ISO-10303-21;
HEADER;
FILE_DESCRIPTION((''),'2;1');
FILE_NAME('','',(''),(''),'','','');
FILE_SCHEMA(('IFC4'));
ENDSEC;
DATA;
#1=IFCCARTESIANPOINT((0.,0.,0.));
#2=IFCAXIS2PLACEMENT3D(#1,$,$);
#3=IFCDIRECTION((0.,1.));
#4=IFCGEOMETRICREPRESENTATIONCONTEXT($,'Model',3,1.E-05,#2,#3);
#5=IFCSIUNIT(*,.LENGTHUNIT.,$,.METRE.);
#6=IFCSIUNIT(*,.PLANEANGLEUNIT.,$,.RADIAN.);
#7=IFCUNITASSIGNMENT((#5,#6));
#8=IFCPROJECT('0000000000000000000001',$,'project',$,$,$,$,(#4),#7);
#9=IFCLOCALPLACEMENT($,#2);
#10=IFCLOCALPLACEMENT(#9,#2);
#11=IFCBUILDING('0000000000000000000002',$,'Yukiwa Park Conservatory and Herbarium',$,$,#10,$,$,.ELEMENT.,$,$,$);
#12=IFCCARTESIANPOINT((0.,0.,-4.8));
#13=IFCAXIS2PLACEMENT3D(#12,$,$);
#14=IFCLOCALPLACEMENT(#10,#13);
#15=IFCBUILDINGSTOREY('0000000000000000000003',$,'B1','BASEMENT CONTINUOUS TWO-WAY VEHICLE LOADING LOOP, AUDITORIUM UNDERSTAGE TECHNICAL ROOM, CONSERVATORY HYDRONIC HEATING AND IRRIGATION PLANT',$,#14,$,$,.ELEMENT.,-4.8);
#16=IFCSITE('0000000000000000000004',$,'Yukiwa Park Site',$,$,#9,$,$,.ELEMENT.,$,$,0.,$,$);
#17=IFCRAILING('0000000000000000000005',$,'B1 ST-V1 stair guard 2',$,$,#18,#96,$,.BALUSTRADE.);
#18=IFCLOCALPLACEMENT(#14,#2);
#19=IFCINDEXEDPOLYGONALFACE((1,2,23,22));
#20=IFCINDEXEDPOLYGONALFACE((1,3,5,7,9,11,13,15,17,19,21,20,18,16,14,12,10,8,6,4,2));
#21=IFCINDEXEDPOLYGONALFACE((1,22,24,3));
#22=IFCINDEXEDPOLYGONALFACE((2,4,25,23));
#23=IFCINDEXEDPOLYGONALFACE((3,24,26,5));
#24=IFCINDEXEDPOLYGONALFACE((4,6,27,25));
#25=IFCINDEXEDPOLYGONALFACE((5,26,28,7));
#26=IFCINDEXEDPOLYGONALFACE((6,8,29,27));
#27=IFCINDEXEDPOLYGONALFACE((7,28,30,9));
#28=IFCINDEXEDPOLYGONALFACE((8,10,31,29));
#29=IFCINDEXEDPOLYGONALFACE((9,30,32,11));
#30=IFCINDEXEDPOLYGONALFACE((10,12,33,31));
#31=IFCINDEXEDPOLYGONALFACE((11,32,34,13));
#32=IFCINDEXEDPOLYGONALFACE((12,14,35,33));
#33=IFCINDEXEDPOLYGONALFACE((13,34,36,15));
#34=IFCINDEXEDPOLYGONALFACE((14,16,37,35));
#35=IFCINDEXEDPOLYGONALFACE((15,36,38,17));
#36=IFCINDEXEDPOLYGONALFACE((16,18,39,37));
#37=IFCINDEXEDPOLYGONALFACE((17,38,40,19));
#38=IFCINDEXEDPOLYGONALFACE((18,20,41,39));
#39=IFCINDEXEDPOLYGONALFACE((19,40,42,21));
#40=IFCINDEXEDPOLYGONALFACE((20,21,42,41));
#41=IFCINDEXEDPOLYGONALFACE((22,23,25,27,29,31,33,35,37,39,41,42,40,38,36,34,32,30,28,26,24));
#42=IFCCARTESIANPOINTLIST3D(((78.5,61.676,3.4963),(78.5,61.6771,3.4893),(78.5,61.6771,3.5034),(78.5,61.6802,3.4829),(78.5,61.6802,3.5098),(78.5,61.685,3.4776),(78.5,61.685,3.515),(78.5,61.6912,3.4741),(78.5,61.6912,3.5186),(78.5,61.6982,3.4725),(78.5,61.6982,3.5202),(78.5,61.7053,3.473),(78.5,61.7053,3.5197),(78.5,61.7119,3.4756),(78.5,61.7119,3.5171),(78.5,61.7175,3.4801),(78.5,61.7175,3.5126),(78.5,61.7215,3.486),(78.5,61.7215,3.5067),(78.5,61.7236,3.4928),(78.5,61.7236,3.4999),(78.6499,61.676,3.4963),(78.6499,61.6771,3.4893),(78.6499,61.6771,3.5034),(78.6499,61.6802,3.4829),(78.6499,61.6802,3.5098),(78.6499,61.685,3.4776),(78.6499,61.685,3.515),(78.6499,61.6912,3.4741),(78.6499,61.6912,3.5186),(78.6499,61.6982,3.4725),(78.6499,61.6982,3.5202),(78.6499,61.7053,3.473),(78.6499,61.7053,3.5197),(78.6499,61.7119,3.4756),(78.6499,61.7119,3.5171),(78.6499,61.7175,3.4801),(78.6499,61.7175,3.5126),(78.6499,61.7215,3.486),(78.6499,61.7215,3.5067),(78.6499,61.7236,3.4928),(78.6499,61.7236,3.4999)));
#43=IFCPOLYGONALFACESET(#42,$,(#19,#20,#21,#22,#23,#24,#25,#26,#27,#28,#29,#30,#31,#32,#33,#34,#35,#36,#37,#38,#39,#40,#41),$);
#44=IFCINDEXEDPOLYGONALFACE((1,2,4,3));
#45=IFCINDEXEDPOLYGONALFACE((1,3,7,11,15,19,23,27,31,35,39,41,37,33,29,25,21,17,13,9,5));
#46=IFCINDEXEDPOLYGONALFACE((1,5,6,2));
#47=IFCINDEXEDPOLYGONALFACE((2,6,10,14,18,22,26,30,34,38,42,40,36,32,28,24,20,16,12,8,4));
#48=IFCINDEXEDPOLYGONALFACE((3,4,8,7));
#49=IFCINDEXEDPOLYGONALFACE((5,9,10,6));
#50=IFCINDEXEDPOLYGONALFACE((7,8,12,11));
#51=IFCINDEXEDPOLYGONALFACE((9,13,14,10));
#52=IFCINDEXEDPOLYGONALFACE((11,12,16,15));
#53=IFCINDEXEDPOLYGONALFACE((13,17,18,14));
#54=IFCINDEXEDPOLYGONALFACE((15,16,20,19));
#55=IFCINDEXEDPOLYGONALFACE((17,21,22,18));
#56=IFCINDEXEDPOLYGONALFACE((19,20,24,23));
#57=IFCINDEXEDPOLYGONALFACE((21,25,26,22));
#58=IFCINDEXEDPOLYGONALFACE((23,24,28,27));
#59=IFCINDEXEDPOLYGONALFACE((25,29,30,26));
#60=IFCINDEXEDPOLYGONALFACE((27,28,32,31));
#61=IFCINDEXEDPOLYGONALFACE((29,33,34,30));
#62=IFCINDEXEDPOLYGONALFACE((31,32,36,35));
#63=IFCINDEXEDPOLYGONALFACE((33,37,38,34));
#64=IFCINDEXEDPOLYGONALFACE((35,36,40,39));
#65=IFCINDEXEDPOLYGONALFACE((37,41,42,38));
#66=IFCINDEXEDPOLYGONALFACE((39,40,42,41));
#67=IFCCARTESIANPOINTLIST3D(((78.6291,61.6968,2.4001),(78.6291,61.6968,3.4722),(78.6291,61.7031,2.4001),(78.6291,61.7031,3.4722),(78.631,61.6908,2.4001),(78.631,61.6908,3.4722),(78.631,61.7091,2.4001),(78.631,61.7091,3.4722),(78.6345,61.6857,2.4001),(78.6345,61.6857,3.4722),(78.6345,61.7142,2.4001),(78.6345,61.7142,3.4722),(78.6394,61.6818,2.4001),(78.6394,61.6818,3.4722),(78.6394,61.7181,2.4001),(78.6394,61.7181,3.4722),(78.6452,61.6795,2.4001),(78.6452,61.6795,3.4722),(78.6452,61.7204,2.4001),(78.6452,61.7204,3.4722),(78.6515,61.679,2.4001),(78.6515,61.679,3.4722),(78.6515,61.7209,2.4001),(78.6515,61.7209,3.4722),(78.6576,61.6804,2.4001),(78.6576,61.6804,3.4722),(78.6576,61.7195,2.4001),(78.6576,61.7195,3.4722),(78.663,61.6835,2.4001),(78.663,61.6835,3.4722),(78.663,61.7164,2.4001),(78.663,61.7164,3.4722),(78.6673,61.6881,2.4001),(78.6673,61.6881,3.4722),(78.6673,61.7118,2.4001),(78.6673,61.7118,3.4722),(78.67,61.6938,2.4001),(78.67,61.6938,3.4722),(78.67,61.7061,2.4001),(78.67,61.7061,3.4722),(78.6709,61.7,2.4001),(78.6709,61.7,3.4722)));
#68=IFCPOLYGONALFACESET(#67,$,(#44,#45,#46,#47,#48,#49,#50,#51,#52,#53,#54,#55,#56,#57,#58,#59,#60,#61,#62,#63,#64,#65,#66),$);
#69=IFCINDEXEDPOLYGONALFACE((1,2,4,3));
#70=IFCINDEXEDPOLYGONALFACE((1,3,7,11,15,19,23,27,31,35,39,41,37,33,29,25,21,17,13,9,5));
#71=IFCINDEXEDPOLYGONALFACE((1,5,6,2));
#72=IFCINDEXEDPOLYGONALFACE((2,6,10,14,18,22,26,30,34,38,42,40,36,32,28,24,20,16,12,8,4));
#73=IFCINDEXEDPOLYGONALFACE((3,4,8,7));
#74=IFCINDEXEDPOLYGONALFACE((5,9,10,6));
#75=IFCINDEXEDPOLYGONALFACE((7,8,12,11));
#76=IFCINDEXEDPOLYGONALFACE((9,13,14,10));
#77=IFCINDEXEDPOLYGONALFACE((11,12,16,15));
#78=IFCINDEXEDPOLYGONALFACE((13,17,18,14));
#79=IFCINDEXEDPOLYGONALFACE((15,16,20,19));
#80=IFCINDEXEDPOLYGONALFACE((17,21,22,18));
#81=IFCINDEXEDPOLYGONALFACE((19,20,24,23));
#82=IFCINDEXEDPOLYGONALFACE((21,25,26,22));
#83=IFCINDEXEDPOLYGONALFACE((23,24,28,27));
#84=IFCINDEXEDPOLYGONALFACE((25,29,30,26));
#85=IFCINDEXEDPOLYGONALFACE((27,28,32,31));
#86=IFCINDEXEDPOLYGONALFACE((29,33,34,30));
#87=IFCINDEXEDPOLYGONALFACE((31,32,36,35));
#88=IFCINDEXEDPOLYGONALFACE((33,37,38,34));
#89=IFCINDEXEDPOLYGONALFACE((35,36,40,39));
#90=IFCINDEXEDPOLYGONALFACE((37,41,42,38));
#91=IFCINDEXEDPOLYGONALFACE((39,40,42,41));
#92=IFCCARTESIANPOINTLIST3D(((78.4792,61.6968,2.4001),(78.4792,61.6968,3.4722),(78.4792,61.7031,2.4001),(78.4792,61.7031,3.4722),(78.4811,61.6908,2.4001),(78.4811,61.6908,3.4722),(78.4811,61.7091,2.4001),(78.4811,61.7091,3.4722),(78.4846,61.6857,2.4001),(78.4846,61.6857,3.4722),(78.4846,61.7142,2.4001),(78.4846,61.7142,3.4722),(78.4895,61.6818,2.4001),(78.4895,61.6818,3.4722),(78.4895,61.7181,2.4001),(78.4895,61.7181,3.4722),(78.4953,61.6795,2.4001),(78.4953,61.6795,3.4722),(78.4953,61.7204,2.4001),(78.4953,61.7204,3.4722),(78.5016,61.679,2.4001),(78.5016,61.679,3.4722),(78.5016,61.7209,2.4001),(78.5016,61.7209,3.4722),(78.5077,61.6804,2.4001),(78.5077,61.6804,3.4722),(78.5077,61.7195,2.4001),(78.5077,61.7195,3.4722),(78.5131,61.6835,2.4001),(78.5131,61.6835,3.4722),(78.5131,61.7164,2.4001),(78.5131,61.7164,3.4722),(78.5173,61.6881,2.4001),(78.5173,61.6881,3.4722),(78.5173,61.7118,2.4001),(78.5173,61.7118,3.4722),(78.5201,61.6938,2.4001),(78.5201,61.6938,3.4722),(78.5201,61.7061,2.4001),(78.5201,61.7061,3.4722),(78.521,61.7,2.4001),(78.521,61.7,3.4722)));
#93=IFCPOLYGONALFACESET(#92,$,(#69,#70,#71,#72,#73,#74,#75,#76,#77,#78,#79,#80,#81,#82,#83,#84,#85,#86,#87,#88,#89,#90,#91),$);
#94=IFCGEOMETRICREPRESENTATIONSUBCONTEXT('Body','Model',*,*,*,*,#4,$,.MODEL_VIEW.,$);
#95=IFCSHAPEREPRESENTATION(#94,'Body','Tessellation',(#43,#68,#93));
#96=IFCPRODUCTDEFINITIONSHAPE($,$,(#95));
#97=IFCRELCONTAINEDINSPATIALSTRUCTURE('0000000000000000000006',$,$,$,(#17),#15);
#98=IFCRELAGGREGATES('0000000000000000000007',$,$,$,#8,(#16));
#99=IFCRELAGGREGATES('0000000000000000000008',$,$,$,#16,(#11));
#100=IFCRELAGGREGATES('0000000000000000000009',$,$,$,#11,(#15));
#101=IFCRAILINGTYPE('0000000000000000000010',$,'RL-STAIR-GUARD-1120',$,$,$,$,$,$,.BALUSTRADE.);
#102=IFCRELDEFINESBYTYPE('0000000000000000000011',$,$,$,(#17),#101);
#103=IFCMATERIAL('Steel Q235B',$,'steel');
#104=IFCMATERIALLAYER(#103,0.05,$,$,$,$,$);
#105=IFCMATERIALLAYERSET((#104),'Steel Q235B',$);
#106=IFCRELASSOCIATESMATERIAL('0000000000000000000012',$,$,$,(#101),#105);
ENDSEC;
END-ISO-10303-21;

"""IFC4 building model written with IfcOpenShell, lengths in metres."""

from ifc_helpers import new_model, si_unit, direction, frame, origin, origin_2d, place, context, subcontext, project, spatial, circle, extrude, material, layer, layer_set, type_object, element, save


model = new_model("IFC4")

# Units and contexts
model_context = context("Model", 3, precision=1e-05, world=origin(), true_north=direction((0.0, 1.0)))
body_context = subcontext(model_context, "Body", "Model", "MODEL_VIEW")
ifc_project = project(units=[si_unit("LENGTHUNIT", "METRE"), si_unit("PLANEANGLEUNIT", "RADIAN")], contexts=[model_context])

# Site, building, storey
site_placement = place(None, origin())
site = spatial("IfcSite", under=ifc_project, at=site_placement, Name="Yukiwa Park Site", CompositionType="ELEMENT", RefElevation=0.0)
building_placement = place(site_placement, origin())
building = spatial("IfcBuilding", under=site, at=building_placement, Name="Yukiwa Park Conservatory and Herbarium", CompositionType="ELEMENT")
storey_placement = place(building_placement, frame((0.0, 0.0, -4.8)))
storey = spatial("IfcBuildingStorey", under=building, at=storey_placement, Name="B1", Description="BASEMENT CONTINUOUS TWO-WAY VEHICLE LOADING LOOP, AUDITORIUM UNDERSTAGE TECHNICAL ROOM, CONSERVATORY HYDRONIC HEATING AND IRRIGATION PLANT", CompositionType="ELEMENT", Elevation=-4.8)

# Railing
ifc_material_1 = material(Name="Steel Q235B", Category="steel")
ifc_layer_1 = layer(ifc_material_1, 0.05)
ifc_layer_set_1 = layer_set([ifc_layer_1], Name="Steel Q235B")
railing_type_1 = type_object("IfcRailingType", Name="RL-STAIR-GUARD-1120", PredefinedType="BALUSTRADE", material=ifc_layer_set_1)
railing_1_placement = place(storey_placement, frame((78.6499, 61.7, 2.4001)))
element("IfcRailing", 1, at=railing_1_placement, inside=storey, type_object=railing_type_1, Name="B1 ST-V1 stair guard 2", PredefinedType="BALUSTRADE", context=body_context, shape_type="SweptSolid", body=[
    extrude(circle(Radius=0.0239, at=origin_2d()), frame((0.0, 0.0, 1.0962), z_axis=(-1.0, 0.0, 0.0), x_axis=(0.0, -1.0, 0.0)), (0.0, 0.0, 1.0), 0.1499),
    extrude(circle(Radius=0.021, at=origin_2d()), origin(), (0.0, 0.0, 1.0), 1.072),
    extrude(circle(Radius=0.021, at=origin_2d()), frame((-0.1499, 0.0, 0.0)), (0.0, 0.0, 1.0), 1.072),
])

save(model, "model.ifc")
